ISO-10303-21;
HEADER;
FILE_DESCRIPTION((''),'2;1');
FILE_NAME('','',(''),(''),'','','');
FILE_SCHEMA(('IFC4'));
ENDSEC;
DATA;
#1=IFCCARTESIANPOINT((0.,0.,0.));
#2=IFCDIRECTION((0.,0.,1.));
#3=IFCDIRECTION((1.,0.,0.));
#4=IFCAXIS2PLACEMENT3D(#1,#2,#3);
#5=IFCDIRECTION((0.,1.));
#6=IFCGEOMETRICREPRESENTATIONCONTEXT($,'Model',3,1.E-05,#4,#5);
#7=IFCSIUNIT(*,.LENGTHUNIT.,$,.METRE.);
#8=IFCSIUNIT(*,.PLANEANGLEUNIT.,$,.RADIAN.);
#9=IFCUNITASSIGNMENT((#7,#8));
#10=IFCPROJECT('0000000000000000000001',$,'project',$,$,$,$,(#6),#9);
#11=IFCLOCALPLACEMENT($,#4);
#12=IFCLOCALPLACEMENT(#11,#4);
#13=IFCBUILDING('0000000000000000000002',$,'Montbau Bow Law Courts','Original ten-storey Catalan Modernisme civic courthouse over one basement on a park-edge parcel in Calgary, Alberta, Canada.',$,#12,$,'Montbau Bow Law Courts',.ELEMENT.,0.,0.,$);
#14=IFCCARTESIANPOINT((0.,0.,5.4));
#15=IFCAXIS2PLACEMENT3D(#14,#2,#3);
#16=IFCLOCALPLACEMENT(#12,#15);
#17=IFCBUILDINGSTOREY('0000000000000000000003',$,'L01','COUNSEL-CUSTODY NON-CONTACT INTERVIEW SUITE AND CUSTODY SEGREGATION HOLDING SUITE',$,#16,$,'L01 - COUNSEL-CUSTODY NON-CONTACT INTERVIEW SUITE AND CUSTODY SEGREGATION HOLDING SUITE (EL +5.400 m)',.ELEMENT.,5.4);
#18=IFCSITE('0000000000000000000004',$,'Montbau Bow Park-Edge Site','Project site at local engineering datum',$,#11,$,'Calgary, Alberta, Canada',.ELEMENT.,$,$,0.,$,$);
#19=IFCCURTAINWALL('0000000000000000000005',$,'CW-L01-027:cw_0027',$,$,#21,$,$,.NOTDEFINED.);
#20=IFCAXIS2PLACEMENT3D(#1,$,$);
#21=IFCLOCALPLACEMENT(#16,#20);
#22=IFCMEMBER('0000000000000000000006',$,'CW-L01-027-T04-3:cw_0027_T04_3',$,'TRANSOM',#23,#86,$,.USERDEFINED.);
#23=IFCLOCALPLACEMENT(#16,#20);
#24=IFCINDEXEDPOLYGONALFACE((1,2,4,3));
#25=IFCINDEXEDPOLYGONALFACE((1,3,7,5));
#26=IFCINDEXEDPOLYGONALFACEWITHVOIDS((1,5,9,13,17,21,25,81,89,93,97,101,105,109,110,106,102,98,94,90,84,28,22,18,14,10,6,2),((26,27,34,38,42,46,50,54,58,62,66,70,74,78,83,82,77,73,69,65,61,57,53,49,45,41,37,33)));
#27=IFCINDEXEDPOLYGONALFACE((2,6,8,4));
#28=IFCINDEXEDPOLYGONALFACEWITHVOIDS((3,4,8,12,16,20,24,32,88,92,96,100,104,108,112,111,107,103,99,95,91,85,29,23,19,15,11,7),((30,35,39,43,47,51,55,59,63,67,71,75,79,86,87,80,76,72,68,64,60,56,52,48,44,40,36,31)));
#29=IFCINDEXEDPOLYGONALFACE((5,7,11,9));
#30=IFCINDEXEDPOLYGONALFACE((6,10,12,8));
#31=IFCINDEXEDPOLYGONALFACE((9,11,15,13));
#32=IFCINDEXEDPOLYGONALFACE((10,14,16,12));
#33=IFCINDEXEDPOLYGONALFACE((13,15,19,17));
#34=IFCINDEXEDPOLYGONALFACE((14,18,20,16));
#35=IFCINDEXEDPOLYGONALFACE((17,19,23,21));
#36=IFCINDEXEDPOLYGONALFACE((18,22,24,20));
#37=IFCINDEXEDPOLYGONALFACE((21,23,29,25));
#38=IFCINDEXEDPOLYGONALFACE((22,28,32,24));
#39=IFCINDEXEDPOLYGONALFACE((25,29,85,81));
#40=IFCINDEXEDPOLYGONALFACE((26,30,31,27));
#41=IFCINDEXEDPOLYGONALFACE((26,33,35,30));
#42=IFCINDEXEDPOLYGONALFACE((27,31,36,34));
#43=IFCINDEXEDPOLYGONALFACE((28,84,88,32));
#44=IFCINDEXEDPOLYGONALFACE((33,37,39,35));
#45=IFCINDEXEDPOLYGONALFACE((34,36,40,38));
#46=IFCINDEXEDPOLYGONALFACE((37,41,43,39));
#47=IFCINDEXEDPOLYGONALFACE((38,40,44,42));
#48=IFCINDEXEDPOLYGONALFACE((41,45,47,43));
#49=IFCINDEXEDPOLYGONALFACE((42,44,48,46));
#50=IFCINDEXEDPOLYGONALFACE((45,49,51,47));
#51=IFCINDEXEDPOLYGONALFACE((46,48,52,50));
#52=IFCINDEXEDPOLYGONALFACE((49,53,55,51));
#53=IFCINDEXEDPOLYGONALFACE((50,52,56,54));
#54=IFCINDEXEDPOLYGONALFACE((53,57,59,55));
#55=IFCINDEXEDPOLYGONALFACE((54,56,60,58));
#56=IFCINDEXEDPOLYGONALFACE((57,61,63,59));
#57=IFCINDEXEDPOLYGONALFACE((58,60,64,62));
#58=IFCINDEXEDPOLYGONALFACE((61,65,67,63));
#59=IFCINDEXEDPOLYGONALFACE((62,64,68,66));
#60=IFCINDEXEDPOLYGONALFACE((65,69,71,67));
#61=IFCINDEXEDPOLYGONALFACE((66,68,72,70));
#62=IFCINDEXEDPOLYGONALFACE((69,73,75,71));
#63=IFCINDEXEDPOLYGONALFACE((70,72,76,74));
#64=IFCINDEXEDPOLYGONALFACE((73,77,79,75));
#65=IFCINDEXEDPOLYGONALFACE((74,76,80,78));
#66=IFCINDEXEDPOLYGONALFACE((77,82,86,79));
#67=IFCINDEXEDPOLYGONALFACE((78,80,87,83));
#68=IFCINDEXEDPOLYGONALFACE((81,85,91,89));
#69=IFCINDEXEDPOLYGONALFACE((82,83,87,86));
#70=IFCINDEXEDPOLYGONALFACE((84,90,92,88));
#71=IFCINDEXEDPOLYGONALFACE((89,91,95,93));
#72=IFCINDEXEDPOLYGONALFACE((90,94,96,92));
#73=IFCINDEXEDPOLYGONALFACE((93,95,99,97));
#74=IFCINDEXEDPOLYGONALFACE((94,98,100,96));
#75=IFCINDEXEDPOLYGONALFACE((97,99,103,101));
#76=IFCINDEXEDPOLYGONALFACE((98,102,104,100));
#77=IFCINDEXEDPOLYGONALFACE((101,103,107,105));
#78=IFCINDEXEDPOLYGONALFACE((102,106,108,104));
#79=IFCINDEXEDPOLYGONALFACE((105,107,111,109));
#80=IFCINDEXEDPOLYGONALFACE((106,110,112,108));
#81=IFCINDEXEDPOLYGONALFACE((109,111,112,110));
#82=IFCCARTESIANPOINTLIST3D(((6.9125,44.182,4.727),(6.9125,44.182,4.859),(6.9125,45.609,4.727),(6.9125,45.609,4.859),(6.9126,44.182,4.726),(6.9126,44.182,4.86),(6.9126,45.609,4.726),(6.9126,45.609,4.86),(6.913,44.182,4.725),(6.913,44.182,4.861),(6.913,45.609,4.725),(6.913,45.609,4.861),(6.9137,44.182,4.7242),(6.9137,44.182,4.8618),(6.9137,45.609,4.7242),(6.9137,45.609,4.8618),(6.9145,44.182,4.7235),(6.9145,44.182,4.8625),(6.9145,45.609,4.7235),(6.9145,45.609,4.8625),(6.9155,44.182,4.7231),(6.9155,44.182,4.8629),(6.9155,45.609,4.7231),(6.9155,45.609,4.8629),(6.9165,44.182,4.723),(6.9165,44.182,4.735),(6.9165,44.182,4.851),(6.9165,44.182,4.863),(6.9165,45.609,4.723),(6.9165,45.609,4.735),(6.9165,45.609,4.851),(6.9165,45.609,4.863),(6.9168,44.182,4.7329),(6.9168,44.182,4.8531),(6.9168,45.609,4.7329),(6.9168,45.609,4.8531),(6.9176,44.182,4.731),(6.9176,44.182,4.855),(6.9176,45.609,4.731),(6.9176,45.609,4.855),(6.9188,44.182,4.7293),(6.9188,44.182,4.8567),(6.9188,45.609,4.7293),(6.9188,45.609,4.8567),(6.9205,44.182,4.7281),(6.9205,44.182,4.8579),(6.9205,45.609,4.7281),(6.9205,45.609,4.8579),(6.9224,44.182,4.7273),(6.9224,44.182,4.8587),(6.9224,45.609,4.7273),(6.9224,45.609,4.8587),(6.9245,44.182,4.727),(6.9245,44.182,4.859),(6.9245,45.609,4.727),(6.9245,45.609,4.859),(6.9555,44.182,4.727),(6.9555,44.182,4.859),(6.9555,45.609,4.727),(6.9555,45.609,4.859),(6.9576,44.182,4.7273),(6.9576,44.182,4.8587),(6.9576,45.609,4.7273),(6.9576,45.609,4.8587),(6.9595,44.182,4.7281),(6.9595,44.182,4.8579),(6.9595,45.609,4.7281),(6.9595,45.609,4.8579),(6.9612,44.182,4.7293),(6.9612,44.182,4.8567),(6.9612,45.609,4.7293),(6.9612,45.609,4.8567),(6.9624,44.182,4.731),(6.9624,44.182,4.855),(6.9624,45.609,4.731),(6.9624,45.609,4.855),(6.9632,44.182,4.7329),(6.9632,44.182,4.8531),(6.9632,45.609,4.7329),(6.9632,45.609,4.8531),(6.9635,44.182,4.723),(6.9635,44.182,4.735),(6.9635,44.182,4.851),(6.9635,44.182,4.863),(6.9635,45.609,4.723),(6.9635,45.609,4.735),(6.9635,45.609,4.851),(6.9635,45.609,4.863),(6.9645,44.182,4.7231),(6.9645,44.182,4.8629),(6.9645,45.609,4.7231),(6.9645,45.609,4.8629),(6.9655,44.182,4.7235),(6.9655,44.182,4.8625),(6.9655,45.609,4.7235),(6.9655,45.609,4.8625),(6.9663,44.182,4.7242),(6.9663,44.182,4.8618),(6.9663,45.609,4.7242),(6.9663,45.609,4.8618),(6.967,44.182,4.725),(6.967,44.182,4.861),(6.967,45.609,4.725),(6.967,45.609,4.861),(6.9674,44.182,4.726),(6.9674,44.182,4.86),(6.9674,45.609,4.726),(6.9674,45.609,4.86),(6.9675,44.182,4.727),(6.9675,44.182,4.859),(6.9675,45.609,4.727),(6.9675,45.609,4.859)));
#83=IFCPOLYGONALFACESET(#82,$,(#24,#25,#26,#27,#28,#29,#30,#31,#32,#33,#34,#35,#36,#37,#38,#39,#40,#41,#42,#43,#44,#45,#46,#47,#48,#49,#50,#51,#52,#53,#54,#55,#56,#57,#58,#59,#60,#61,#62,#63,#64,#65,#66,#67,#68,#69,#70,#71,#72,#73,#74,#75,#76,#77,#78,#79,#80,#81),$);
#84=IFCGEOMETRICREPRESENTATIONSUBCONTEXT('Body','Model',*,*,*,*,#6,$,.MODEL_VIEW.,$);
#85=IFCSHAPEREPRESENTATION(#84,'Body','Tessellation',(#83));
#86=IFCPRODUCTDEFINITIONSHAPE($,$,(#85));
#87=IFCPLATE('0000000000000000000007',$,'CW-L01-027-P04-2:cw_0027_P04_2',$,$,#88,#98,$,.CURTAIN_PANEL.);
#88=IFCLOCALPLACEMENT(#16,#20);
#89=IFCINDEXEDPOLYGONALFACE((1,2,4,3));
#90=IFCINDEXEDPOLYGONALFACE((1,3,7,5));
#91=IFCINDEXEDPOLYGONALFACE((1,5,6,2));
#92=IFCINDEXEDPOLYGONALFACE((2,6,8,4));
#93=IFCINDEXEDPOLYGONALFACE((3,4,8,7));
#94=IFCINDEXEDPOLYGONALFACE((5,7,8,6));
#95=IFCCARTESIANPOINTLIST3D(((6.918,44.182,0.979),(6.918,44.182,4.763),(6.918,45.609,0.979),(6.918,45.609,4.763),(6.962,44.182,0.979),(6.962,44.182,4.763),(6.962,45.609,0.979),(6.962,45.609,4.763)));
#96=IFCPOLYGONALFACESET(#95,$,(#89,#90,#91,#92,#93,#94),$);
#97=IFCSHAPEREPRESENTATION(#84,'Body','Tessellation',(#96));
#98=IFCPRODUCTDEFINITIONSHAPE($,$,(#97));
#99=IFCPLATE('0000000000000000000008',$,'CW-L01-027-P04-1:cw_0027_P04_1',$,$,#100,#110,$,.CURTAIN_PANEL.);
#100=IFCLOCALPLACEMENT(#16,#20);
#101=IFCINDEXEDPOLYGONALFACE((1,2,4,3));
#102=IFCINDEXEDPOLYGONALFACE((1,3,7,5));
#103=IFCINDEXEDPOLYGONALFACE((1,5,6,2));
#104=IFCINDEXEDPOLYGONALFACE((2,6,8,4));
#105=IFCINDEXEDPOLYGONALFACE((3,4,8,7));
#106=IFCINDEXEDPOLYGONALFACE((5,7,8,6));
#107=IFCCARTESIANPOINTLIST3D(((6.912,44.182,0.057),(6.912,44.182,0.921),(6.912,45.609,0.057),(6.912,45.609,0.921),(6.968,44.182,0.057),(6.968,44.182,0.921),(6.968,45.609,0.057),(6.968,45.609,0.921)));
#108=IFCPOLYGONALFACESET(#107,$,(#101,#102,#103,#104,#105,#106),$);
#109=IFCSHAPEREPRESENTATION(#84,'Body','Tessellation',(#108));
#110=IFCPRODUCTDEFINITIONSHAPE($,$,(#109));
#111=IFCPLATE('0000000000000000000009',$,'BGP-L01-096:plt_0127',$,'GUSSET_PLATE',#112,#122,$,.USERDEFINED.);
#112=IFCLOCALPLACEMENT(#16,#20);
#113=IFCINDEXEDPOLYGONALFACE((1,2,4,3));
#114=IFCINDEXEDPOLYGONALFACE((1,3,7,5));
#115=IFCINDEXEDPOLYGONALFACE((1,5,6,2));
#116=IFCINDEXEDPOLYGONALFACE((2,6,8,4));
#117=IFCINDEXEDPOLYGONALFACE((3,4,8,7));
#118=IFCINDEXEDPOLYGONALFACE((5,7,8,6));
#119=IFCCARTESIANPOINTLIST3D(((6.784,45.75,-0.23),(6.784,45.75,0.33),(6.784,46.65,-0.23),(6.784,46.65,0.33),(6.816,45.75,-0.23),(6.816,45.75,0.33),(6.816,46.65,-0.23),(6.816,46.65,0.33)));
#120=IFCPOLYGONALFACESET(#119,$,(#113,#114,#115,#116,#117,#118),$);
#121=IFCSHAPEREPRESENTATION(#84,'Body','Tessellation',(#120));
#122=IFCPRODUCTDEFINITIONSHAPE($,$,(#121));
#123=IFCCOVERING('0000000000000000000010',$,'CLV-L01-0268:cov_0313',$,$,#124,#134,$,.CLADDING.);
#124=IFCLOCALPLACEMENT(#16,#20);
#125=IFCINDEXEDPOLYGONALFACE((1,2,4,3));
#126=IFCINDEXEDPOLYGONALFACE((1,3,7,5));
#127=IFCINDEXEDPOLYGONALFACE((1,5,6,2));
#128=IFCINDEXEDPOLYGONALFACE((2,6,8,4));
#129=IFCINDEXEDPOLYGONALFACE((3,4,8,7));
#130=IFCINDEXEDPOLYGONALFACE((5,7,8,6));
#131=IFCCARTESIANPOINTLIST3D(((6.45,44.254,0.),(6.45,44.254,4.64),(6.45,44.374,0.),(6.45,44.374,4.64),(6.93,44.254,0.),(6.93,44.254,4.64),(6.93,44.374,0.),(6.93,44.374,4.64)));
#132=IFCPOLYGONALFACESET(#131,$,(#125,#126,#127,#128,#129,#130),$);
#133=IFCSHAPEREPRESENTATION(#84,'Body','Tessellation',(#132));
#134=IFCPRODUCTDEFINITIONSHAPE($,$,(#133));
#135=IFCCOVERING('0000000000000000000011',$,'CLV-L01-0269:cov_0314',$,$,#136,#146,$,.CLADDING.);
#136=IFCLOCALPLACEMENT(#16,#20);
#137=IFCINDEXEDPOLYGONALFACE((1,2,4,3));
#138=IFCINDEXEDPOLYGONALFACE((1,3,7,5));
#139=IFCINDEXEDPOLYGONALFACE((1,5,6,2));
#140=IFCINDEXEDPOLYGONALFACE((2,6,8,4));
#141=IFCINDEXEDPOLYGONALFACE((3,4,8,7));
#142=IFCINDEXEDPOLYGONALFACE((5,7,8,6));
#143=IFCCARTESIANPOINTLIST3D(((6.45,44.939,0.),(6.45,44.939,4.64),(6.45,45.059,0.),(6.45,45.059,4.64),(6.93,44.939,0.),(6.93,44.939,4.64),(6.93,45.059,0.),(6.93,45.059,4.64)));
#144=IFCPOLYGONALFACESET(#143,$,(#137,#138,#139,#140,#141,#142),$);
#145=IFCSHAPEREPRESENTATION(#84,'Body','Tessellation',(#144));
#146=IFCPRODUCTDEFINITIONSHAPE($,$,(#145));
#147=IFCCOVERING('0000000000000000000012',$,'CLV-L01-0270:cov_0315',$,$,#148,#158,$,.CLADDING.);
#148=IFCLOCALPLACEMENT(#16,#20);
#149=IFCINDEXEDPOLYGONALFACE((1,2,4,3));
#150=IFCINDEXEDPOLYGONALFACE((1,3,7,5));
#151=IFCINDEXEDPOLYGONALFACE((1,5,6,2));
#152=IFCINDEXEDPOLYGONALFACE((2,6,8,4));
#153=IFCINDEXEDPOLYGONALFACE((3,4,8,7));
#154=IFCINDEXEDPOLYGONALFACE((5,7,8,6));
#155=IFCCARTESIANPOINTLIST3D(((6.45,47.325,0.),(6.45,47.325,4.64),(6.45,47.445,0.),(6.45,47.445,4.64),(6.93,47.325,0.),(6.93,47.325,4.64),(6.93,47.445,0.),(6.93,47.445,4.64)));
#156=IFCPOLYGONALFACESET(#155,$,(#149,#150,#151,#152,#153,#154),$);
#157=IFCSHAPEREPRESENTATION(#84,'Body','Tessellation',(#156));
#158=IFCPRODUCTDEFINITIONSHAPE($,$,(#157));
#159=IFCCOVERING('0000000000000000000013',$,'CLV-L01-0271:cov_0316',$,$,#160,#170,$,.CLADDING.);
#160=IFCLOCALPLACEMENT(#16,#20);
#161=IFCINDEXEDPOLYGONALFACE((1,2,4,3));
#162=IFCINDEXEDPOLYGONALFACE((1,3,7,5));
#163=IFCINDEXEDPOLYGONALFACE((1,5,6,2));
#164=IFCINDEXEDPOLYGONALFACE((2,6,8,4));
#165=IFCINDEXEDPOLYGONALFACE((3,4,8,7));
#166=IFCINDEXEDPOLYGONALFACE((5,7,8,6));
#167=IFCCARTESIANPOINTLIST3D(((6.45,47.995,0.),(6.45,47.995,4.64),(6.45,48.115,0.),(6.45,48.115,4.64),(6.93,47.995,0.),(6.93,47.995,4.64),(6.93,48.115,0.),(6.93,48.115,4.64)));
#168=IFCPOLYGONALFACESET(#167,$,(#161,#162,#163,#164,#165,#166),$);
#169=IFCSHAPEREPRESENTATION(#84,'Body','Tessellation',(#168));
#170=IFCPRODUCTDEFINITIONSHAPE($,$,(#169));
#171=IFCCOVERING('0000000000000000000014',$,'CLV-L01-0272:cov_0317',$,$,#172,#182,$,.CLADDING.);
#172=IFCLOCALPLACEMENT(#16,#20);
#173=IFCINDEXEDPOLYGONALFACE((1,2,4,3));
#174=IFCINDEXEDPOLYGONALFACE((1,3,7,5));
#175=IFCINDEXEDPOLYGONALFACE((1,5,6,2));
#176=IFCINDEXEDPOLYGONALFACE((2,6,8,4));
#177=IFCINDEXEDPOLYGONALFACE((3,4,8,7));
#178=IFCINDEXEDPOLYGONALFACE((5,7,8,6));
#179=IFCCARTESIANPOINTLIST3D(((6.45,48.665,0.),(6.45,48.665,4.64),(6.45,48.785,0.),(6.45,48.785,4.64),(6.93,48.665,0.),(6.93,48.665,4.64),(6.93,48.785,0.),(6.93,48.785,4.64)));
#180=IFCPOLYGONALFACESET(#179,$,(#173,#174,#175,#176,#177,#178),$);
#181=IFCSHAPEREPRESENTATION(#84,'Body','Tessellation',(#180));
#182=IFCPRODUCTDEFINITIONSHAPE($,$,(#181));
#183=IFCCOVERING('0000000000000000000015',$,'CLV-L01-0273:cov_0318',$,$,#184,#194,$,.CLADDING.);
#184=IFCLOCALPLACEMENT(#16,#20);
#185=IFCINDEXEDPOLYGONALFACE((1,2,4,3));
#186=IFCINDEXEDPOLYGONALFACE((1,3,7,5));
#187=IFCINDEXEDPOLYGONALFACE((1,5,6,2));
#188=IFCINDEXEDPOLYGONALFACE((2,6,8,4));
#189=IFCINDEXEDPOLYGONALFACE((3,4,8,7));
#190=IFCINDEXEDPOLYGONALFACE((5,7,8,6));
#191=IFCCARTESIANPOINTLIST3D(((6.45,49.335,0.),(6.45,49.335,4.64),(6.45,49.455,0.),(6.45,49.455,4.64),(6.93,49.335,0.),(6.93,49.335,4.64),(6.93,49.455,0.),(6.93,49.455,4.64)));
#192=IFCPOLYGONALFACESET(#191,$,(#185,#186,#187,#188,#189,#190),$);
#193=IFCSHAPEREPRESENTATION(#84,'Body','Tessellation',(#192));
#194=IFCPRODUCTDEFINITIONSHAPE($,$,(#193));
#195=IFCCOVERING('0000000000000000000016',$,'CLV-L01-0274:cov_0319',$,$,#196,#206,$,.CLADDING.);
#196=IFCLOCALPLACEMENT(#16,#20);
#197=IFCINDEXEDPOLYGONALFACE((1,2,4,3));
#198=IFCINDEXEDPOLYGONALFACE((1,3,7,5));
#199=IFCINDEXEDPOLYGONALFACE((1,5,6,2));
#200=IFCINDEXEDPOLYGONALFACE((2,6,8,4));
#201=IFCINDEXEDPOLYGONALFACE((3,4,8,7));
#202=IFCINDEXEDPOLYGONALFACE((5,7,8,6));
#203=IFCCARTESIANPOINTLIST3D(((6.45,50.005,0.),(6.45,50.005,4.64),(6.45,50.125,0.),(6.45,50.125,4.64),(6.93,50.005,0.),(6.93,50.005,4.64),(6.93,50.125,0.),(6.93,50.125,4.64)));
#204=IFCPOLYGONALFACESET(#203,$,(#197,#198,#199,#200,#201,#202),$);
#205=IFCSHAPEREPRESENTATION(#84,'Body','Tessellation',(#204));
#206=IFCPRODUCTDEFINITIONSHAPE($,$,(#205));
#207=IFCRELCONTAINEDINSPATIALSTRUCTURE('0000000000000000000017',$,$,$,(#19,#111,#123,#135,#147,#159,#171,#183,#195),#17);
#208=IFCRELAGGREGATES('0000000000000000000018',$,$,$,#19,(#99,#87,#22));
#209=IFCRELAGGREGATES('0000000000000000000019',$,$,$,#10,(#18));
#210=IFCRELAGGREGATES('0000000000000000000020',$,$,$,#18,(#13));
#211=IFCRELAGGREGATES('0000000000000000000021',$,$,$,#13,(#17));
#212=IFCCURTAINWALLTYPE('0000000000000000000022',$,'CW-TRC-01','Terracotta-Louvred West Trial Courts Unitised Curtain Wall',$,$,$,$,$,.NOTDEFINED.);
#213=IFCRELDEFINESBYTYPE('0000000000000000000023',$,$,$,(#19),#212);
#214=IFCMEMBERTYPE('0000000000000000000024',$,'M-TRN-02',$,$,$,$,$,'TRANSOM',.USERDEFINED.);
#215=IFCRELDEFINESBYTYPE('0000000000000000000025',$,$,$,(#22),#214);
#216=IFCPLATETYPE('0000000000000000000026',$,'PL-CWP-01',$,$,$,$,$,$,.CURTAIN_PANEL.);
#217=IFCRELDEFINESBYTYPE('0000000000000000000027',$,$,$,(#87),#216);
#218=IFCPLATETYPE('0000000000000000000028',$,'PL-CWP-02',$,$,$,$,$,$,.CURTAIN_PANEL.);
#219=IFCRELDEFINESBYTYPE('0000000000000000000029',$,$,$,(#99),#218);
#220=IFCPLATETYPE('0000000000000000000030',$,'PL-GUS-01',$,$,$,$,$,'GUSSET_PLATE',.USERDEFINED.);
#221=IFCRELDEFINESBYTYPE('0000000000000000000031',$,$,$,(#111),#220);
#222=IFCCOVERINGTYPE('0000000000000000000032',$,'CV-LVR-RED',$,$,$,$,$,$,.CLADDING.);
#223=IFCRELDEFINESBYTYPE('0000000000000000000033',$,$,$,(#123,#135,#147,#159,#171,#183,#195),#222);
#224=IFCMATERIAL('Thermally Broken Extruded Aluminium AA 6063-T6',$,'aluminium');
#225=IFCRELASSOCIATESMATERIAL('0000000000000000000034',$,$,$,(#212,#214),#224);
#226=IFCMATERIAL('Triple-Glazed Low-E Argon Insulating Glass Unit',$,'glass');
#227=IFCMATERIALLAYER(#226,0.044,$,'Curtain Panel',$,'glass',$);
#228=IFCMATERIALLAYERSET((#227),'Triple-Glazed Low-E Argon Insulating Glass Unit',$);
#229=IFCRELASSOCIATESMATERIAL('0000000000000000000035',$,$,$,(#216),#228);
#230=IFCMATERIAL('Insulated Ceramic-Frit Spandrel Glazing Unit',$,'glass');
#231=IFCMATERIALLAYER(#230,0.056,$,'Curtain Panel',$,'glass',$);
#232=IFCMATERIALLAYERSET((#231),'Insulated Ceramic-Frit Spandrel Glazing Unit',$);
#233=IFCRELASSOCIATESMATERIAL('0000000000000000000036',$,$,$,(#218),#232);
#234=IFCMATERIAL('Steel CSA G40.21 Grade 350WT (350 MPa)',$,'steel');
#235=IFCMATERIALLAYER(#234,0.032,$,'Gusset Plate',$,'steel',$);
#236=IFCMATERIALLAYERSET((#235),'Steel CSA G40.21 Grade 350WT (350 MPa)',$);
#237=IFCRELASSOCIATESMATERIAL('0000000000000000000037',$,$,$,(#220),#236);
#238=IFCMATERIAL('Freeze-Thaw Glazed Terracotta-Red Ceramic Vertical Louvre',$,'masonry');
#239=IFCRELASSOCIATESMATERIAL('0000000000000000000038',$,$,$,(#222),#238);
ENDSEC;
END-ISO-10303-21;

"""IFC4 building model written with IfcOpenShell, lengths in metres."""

from ifc_helpers import new_model, si_unit, direction, frame, frame_2d, origin_with_axes, origin_2d_with_axis, place, context, subcontext, project, spatial, rectangle, hollow_rectangle, extrude, material, layer, layer_set, material_profile, profile_set, type_object, element, aggregate, save


model = new_model("IFC4")

# Units and contexts
model_context = context("Model", 3, precision=1e-05, world=origin_with_axes(), true_north=direction((0.0, 1.0)))
body_context = subcontext(model_context, "Body", "Model", "MODEL_VIEW")
ifc_project = project(units=[si_unit("LENGTHUNIT", "METRE"), si_unit("PLANEANGLEUNIT", "RADIAN")], contexts=[model_context])

# Site, building, storey
site_placement = place(None, origin_with_axes())
site = spatial("IfcSite", under=ifc_project, at=site_placement, Name="Montbau Bow Park-Edge Site", Description="Project site at local engineering datum", LongName="Calgary, Alberta, Canada", CompositionType="ELEMENT", RefElevation=0.0)
building_placement = place(site_placement, origin_with_axes())
building = spatial("IfcBuilding", under=site, at=building_placement, Name="Montbau Bow Law Courts", Description="Original ten-storey Catalan Modernisme civic courthouse over one basement on a park-edge parcel in Calgary, Alberta, Canada.", LongName="Montbau Bow Law Courts", CompositionType="ELEMENT", ElevationOfRefHeight=0.0, ElevationOfTerrain=0.0)
storey_placement = place(building_placement, frame((0.0, 0.0, 5.4), z_axis=(0.0, 0.0, 1.0), x_axis=(1.0, 0.0, 0.0)))
storey = spatial("IfcBuildingStorey", under=building, at=storey_placement, Name="L01", Description="COUNSEL-CUSTODY NON-CONTACT INTERVIEW SUITE AND CUSTODY SEGREGATION HOLDING SUITE", LongName="L01 - COUNSEL-CUSTODY NON-CONTACT INTERVIEW SUITE AND CUSTODY SEGREGATION HOLDING SUITE (EL +5.400 m)", CompositionType="ELEMENT", Elevation=5.4)

# Shared definitions
ifc_material_1 = material(Name="Steel CSA G40.21 Grade 350WT (350 MPa)", Category="steel")

# Curtain wall, member, plates
ifc_material_2 = material(Name="Thermally Broken Extruded Aluminium AA 6063-T6", Category="aluminium")
curtain_wall_type = type_object("IfcCurtainWallType", Name="CW-TRC-01", Description="Terracotta-Louvred West Trial Courts Unitised Curtain Wall", PredefinedType="NOTDEFINED", material=ifc_material_2)
curtain_wall_placement = place(None, frame((6.94, 39.515, 5.4), z_axis=(0.0, 0.0, 1.0), x_axis=(1.0, 0.0, 0.0)))
curtain_wall = element("IfcCurtainWall", 1, at=curtain_wall_placement, inside=storey, type_object=curtain_wall_type, Name="CW-L01-027:cw_0027", PredefinedType="NOTDEFINED")
ifc_material_profile_1 = material_profile(ifc_material_2, hollow_rectangle(XDim=0.055, YDim=0.14, WallThickness=0.004, InnerFilletRadius=0.008, OuterFilletRadius=0.004, at=origin_2d_with_axis()), Name="CWT-140X55", Category="Main", Priority=0)
ifc_profile_set_1 = profile_set([ifc_material_profile_1], Name="Thermally Broken Extruded Aluminium AA 6063-T6")
member_type_1 = type_object("IfcMemberType", Name="M-TRN-02", ElementType="TRANSOM", PredefinedType="USERDEFINED", material=ifc_profile_set_1)
member_1_placement = place(None, frame((6.94, 44.182, 10.193), z_axis=(0.0, 1.0, 0.0), x_axis=(-1.0, 0.0, 0.0)))
member_1 = element("IfcMember", 2, at=member_1_placement, type_object=member_type_1, Name="CW-L01-027-T04-3:cw_0027_T04_3", ObjectType="TRANSOM", PredefinedType="USERDEFINED", context=body_context, shape_type="SweptSolid", body=[
    extrude(hollow_rectangle(XDim=0.055, YDim=0.14, WallThickness=0.004, InnerFilletRadius=0.008, OuterFilletRadius=0.004, at=origin_2d_with_axis()), origin_with_axes(), (0.0, 0.0, 1.0), 1.427),
])
ifc_material_3 = material(Name="Triple-Glazed Low-E Argon Insulating Glass Unit", Category="glass")
ifc_layer_1 = layer(ifc_material_3, 0.044, Name="Curtain Panel", Category="glass")
ifc_layer_set_1 = layer_set([ifc_layer_1], Name="Triple-Glazed Low-E Argon Insulating Glass Unit")
plate_type_1 = type_object("IfcPlateType", Name="PL-CWP-01", PredefinedType="CURTAIN_PANEL", material=ifc_layer_set_1)
plate_1_placement = place(None, frame((6.94, 44.182, 6.379), z_axis=(1.0, 0.0, 0.0), x_axis=(0.0, 1.0, 0.0)))
plate_1 = element("IfcPlate", 3, at=plate_1_placement, type_object=plate_type_1, Name="CW-L01-027-P04-2:cw_0027_P04_2", PredefinedType="CURTAIN_PANEL", context=body_context, shape_type="SweptSolid", body=[
    extrude(rectangle(XDim=1.427, YDim=3.784, at=frame_2d((0.7135, 1.892), x_axis=(1.0, 0.0))), frame((0.0, 0.0, -0.022), z_axis=(0.0, 0.0, 1.0), x_axis=(1.0, 0.0, 0.0)), (0.0, 0.0, 1.0), 0.044),
])
ifc_material_4 = material(Name="Insulated Ceramic-Frit Spandrel Glazing Unit", Category="glass")
ifc_layer_2 = layer(ifc_material_4, 0.056, Name="Curtain Panel", Category="glass")
ifc_layer_set_2 = layer_set([ifc_layer_2], Name="Insulated Ceramic-Frit Spandrel Glazing Unit")
plate_type_2 = type_object("IfcPlateType", Name="PL-CWP-02", PredefinedType="CURTAIN_PANEL", material=ifc_layer_set_2)
plate_2_placement = place(None, frame((6.94, 44.182, 5.457), z_axis=(1.0, 0.0, 0.0), x_axis=(0.0, 1.0, 0.0)))
plate_2 = element("IfcPlate", 4, at=plate_2_placement, type_object=plate_type_2, Name="CW-L01-027-P04-1:cw_0027_P04_1", PredefinedType="CURTAIN_PANEL", context=body_context, shape_type="SweptSolid", body=[
    extrude(rectangle(XDim=1.427, YDim=0.864, at=frame_2d((0.7135, 0.432), x_axis=(1.0, 0.0))), frame((0.0, 0.0, -0.028), z_axis=(0.0, 0.0, 1.0), x_axis=(1.0, 0.0, 0.0)), (0.0, 0.0, 1.0), 0.056),
])
aggregate(curtain_wall, [plate_2, plate_1, member_1])

# Plate
ifc_layer_3 = layer(ifc_material_1, 0.032, Name="Gusset Plate", Category="steel")
ifc_layer_set_3 = layer_set([ifc_layer_3], Name="Steel CSA G40.21 Grade 350WT (350 MPa)")
plate_type_3 = type_object("IfcPlateType", Name="PL-GUS-01", ElementType="GUSSET_PLATE", PredefinedType="USERDEFINED", material=ifc_layer_set_3)
plate_3_placement = place(None, frame((6.8, 46.2, 5.17), z_axis=(0.0, 0.0, 1.0), x_axis=(0.0, 1.0, 0.0)))
element("IfcPlate", 5, at=plate_3_placement, inside=storey, type_object=plate_type_3, Name="BGP-L01-096:plt_0127", ObjectType="GUSSET_PLATE", PredefinedType="USERDEFINED", context=body_context, shape_type="SweptSolid", body=[
    extrude(rectangle(XDim=0.9, YDim=0.032, at=origin_2d_with_axis()), origin_with_axes(), (0.0, 0.0, 1.0), 0.56),
])

# Coverings
ifc_material_5 = material(Name="Freeze-Thaw Glazed Terracotta-Red Ceramic Vertical Louvre", Category="masonry")
covering_type = type_object("IfcCoveringType", Name="CV-LVR-RED", PredefinedType="CLADDING", material=ifc_material_5)
for number, where, z_axis, x_axis, name in (
    (6, (6.93, 44.314, 5.4), (0.0, 1.0, 0.0), (-1.0, 0.0, 0.0), "CLV-L01-0268:cov_0313"),
    (7, (6.93, 44.999, 5.4), (0.0, 1.0, 0.0), (-1.0, 0.0, 0.0), "CLV-L01-0269:cov_0314"),
    (8, (6.93, 47.385, 5.4), (0.0, 1.0, 0.0), (-1.0, 0.0, 0.0), "CLV-L01-0270:cov_0315"),
    (9, (6.93, 48.055, 5.4), (0.0, 1.0, 0.0), (-1.0, 0.0, 0.0), "CLV-L01-0271:cov_0316"),
    (10, (6.93, 48.725, 5.4), (0.0, 1.0, 0.0), (-1.0, 0.0, 0.0), "CLV-L01-0272:cov_0317"),
    (11, (6.93, 49.395, 5.4), (0.0, 1.0, 0.0), (-1.0, 0.0, 0.0), "CLV-L01-0273:cov_0318"),
    (12, (6.93, 50.065, 5.4), (0.0, 1.0, 0.0), (-1.0, 0.0, 0.0), "CLV-L01-0274:cov_0319"),
):
    element("IfcCovering", number, at=place(None, frame(where, z_axis=z_axis, x_axis=x_axis)), inside=storey, type_object=covering_type, Name=name, PredefinedType="CLADDING", context=body_context, shape_type="SweptSolid", body=[
        extrude(rectangle(XDim=0.48, YDim=4.64, at=frame_2d((0.24, 2.32), x_axis=(1.0, 0.0))), frame((0.0, 0.0, -0.06), z_axis=(0.0, 0.0, 1.0), x_axis=(1.0, 0.0, 0.0)), (0.0, 0.0, 1.0), 0.12),
    ])

save(model, "model.ifc")
